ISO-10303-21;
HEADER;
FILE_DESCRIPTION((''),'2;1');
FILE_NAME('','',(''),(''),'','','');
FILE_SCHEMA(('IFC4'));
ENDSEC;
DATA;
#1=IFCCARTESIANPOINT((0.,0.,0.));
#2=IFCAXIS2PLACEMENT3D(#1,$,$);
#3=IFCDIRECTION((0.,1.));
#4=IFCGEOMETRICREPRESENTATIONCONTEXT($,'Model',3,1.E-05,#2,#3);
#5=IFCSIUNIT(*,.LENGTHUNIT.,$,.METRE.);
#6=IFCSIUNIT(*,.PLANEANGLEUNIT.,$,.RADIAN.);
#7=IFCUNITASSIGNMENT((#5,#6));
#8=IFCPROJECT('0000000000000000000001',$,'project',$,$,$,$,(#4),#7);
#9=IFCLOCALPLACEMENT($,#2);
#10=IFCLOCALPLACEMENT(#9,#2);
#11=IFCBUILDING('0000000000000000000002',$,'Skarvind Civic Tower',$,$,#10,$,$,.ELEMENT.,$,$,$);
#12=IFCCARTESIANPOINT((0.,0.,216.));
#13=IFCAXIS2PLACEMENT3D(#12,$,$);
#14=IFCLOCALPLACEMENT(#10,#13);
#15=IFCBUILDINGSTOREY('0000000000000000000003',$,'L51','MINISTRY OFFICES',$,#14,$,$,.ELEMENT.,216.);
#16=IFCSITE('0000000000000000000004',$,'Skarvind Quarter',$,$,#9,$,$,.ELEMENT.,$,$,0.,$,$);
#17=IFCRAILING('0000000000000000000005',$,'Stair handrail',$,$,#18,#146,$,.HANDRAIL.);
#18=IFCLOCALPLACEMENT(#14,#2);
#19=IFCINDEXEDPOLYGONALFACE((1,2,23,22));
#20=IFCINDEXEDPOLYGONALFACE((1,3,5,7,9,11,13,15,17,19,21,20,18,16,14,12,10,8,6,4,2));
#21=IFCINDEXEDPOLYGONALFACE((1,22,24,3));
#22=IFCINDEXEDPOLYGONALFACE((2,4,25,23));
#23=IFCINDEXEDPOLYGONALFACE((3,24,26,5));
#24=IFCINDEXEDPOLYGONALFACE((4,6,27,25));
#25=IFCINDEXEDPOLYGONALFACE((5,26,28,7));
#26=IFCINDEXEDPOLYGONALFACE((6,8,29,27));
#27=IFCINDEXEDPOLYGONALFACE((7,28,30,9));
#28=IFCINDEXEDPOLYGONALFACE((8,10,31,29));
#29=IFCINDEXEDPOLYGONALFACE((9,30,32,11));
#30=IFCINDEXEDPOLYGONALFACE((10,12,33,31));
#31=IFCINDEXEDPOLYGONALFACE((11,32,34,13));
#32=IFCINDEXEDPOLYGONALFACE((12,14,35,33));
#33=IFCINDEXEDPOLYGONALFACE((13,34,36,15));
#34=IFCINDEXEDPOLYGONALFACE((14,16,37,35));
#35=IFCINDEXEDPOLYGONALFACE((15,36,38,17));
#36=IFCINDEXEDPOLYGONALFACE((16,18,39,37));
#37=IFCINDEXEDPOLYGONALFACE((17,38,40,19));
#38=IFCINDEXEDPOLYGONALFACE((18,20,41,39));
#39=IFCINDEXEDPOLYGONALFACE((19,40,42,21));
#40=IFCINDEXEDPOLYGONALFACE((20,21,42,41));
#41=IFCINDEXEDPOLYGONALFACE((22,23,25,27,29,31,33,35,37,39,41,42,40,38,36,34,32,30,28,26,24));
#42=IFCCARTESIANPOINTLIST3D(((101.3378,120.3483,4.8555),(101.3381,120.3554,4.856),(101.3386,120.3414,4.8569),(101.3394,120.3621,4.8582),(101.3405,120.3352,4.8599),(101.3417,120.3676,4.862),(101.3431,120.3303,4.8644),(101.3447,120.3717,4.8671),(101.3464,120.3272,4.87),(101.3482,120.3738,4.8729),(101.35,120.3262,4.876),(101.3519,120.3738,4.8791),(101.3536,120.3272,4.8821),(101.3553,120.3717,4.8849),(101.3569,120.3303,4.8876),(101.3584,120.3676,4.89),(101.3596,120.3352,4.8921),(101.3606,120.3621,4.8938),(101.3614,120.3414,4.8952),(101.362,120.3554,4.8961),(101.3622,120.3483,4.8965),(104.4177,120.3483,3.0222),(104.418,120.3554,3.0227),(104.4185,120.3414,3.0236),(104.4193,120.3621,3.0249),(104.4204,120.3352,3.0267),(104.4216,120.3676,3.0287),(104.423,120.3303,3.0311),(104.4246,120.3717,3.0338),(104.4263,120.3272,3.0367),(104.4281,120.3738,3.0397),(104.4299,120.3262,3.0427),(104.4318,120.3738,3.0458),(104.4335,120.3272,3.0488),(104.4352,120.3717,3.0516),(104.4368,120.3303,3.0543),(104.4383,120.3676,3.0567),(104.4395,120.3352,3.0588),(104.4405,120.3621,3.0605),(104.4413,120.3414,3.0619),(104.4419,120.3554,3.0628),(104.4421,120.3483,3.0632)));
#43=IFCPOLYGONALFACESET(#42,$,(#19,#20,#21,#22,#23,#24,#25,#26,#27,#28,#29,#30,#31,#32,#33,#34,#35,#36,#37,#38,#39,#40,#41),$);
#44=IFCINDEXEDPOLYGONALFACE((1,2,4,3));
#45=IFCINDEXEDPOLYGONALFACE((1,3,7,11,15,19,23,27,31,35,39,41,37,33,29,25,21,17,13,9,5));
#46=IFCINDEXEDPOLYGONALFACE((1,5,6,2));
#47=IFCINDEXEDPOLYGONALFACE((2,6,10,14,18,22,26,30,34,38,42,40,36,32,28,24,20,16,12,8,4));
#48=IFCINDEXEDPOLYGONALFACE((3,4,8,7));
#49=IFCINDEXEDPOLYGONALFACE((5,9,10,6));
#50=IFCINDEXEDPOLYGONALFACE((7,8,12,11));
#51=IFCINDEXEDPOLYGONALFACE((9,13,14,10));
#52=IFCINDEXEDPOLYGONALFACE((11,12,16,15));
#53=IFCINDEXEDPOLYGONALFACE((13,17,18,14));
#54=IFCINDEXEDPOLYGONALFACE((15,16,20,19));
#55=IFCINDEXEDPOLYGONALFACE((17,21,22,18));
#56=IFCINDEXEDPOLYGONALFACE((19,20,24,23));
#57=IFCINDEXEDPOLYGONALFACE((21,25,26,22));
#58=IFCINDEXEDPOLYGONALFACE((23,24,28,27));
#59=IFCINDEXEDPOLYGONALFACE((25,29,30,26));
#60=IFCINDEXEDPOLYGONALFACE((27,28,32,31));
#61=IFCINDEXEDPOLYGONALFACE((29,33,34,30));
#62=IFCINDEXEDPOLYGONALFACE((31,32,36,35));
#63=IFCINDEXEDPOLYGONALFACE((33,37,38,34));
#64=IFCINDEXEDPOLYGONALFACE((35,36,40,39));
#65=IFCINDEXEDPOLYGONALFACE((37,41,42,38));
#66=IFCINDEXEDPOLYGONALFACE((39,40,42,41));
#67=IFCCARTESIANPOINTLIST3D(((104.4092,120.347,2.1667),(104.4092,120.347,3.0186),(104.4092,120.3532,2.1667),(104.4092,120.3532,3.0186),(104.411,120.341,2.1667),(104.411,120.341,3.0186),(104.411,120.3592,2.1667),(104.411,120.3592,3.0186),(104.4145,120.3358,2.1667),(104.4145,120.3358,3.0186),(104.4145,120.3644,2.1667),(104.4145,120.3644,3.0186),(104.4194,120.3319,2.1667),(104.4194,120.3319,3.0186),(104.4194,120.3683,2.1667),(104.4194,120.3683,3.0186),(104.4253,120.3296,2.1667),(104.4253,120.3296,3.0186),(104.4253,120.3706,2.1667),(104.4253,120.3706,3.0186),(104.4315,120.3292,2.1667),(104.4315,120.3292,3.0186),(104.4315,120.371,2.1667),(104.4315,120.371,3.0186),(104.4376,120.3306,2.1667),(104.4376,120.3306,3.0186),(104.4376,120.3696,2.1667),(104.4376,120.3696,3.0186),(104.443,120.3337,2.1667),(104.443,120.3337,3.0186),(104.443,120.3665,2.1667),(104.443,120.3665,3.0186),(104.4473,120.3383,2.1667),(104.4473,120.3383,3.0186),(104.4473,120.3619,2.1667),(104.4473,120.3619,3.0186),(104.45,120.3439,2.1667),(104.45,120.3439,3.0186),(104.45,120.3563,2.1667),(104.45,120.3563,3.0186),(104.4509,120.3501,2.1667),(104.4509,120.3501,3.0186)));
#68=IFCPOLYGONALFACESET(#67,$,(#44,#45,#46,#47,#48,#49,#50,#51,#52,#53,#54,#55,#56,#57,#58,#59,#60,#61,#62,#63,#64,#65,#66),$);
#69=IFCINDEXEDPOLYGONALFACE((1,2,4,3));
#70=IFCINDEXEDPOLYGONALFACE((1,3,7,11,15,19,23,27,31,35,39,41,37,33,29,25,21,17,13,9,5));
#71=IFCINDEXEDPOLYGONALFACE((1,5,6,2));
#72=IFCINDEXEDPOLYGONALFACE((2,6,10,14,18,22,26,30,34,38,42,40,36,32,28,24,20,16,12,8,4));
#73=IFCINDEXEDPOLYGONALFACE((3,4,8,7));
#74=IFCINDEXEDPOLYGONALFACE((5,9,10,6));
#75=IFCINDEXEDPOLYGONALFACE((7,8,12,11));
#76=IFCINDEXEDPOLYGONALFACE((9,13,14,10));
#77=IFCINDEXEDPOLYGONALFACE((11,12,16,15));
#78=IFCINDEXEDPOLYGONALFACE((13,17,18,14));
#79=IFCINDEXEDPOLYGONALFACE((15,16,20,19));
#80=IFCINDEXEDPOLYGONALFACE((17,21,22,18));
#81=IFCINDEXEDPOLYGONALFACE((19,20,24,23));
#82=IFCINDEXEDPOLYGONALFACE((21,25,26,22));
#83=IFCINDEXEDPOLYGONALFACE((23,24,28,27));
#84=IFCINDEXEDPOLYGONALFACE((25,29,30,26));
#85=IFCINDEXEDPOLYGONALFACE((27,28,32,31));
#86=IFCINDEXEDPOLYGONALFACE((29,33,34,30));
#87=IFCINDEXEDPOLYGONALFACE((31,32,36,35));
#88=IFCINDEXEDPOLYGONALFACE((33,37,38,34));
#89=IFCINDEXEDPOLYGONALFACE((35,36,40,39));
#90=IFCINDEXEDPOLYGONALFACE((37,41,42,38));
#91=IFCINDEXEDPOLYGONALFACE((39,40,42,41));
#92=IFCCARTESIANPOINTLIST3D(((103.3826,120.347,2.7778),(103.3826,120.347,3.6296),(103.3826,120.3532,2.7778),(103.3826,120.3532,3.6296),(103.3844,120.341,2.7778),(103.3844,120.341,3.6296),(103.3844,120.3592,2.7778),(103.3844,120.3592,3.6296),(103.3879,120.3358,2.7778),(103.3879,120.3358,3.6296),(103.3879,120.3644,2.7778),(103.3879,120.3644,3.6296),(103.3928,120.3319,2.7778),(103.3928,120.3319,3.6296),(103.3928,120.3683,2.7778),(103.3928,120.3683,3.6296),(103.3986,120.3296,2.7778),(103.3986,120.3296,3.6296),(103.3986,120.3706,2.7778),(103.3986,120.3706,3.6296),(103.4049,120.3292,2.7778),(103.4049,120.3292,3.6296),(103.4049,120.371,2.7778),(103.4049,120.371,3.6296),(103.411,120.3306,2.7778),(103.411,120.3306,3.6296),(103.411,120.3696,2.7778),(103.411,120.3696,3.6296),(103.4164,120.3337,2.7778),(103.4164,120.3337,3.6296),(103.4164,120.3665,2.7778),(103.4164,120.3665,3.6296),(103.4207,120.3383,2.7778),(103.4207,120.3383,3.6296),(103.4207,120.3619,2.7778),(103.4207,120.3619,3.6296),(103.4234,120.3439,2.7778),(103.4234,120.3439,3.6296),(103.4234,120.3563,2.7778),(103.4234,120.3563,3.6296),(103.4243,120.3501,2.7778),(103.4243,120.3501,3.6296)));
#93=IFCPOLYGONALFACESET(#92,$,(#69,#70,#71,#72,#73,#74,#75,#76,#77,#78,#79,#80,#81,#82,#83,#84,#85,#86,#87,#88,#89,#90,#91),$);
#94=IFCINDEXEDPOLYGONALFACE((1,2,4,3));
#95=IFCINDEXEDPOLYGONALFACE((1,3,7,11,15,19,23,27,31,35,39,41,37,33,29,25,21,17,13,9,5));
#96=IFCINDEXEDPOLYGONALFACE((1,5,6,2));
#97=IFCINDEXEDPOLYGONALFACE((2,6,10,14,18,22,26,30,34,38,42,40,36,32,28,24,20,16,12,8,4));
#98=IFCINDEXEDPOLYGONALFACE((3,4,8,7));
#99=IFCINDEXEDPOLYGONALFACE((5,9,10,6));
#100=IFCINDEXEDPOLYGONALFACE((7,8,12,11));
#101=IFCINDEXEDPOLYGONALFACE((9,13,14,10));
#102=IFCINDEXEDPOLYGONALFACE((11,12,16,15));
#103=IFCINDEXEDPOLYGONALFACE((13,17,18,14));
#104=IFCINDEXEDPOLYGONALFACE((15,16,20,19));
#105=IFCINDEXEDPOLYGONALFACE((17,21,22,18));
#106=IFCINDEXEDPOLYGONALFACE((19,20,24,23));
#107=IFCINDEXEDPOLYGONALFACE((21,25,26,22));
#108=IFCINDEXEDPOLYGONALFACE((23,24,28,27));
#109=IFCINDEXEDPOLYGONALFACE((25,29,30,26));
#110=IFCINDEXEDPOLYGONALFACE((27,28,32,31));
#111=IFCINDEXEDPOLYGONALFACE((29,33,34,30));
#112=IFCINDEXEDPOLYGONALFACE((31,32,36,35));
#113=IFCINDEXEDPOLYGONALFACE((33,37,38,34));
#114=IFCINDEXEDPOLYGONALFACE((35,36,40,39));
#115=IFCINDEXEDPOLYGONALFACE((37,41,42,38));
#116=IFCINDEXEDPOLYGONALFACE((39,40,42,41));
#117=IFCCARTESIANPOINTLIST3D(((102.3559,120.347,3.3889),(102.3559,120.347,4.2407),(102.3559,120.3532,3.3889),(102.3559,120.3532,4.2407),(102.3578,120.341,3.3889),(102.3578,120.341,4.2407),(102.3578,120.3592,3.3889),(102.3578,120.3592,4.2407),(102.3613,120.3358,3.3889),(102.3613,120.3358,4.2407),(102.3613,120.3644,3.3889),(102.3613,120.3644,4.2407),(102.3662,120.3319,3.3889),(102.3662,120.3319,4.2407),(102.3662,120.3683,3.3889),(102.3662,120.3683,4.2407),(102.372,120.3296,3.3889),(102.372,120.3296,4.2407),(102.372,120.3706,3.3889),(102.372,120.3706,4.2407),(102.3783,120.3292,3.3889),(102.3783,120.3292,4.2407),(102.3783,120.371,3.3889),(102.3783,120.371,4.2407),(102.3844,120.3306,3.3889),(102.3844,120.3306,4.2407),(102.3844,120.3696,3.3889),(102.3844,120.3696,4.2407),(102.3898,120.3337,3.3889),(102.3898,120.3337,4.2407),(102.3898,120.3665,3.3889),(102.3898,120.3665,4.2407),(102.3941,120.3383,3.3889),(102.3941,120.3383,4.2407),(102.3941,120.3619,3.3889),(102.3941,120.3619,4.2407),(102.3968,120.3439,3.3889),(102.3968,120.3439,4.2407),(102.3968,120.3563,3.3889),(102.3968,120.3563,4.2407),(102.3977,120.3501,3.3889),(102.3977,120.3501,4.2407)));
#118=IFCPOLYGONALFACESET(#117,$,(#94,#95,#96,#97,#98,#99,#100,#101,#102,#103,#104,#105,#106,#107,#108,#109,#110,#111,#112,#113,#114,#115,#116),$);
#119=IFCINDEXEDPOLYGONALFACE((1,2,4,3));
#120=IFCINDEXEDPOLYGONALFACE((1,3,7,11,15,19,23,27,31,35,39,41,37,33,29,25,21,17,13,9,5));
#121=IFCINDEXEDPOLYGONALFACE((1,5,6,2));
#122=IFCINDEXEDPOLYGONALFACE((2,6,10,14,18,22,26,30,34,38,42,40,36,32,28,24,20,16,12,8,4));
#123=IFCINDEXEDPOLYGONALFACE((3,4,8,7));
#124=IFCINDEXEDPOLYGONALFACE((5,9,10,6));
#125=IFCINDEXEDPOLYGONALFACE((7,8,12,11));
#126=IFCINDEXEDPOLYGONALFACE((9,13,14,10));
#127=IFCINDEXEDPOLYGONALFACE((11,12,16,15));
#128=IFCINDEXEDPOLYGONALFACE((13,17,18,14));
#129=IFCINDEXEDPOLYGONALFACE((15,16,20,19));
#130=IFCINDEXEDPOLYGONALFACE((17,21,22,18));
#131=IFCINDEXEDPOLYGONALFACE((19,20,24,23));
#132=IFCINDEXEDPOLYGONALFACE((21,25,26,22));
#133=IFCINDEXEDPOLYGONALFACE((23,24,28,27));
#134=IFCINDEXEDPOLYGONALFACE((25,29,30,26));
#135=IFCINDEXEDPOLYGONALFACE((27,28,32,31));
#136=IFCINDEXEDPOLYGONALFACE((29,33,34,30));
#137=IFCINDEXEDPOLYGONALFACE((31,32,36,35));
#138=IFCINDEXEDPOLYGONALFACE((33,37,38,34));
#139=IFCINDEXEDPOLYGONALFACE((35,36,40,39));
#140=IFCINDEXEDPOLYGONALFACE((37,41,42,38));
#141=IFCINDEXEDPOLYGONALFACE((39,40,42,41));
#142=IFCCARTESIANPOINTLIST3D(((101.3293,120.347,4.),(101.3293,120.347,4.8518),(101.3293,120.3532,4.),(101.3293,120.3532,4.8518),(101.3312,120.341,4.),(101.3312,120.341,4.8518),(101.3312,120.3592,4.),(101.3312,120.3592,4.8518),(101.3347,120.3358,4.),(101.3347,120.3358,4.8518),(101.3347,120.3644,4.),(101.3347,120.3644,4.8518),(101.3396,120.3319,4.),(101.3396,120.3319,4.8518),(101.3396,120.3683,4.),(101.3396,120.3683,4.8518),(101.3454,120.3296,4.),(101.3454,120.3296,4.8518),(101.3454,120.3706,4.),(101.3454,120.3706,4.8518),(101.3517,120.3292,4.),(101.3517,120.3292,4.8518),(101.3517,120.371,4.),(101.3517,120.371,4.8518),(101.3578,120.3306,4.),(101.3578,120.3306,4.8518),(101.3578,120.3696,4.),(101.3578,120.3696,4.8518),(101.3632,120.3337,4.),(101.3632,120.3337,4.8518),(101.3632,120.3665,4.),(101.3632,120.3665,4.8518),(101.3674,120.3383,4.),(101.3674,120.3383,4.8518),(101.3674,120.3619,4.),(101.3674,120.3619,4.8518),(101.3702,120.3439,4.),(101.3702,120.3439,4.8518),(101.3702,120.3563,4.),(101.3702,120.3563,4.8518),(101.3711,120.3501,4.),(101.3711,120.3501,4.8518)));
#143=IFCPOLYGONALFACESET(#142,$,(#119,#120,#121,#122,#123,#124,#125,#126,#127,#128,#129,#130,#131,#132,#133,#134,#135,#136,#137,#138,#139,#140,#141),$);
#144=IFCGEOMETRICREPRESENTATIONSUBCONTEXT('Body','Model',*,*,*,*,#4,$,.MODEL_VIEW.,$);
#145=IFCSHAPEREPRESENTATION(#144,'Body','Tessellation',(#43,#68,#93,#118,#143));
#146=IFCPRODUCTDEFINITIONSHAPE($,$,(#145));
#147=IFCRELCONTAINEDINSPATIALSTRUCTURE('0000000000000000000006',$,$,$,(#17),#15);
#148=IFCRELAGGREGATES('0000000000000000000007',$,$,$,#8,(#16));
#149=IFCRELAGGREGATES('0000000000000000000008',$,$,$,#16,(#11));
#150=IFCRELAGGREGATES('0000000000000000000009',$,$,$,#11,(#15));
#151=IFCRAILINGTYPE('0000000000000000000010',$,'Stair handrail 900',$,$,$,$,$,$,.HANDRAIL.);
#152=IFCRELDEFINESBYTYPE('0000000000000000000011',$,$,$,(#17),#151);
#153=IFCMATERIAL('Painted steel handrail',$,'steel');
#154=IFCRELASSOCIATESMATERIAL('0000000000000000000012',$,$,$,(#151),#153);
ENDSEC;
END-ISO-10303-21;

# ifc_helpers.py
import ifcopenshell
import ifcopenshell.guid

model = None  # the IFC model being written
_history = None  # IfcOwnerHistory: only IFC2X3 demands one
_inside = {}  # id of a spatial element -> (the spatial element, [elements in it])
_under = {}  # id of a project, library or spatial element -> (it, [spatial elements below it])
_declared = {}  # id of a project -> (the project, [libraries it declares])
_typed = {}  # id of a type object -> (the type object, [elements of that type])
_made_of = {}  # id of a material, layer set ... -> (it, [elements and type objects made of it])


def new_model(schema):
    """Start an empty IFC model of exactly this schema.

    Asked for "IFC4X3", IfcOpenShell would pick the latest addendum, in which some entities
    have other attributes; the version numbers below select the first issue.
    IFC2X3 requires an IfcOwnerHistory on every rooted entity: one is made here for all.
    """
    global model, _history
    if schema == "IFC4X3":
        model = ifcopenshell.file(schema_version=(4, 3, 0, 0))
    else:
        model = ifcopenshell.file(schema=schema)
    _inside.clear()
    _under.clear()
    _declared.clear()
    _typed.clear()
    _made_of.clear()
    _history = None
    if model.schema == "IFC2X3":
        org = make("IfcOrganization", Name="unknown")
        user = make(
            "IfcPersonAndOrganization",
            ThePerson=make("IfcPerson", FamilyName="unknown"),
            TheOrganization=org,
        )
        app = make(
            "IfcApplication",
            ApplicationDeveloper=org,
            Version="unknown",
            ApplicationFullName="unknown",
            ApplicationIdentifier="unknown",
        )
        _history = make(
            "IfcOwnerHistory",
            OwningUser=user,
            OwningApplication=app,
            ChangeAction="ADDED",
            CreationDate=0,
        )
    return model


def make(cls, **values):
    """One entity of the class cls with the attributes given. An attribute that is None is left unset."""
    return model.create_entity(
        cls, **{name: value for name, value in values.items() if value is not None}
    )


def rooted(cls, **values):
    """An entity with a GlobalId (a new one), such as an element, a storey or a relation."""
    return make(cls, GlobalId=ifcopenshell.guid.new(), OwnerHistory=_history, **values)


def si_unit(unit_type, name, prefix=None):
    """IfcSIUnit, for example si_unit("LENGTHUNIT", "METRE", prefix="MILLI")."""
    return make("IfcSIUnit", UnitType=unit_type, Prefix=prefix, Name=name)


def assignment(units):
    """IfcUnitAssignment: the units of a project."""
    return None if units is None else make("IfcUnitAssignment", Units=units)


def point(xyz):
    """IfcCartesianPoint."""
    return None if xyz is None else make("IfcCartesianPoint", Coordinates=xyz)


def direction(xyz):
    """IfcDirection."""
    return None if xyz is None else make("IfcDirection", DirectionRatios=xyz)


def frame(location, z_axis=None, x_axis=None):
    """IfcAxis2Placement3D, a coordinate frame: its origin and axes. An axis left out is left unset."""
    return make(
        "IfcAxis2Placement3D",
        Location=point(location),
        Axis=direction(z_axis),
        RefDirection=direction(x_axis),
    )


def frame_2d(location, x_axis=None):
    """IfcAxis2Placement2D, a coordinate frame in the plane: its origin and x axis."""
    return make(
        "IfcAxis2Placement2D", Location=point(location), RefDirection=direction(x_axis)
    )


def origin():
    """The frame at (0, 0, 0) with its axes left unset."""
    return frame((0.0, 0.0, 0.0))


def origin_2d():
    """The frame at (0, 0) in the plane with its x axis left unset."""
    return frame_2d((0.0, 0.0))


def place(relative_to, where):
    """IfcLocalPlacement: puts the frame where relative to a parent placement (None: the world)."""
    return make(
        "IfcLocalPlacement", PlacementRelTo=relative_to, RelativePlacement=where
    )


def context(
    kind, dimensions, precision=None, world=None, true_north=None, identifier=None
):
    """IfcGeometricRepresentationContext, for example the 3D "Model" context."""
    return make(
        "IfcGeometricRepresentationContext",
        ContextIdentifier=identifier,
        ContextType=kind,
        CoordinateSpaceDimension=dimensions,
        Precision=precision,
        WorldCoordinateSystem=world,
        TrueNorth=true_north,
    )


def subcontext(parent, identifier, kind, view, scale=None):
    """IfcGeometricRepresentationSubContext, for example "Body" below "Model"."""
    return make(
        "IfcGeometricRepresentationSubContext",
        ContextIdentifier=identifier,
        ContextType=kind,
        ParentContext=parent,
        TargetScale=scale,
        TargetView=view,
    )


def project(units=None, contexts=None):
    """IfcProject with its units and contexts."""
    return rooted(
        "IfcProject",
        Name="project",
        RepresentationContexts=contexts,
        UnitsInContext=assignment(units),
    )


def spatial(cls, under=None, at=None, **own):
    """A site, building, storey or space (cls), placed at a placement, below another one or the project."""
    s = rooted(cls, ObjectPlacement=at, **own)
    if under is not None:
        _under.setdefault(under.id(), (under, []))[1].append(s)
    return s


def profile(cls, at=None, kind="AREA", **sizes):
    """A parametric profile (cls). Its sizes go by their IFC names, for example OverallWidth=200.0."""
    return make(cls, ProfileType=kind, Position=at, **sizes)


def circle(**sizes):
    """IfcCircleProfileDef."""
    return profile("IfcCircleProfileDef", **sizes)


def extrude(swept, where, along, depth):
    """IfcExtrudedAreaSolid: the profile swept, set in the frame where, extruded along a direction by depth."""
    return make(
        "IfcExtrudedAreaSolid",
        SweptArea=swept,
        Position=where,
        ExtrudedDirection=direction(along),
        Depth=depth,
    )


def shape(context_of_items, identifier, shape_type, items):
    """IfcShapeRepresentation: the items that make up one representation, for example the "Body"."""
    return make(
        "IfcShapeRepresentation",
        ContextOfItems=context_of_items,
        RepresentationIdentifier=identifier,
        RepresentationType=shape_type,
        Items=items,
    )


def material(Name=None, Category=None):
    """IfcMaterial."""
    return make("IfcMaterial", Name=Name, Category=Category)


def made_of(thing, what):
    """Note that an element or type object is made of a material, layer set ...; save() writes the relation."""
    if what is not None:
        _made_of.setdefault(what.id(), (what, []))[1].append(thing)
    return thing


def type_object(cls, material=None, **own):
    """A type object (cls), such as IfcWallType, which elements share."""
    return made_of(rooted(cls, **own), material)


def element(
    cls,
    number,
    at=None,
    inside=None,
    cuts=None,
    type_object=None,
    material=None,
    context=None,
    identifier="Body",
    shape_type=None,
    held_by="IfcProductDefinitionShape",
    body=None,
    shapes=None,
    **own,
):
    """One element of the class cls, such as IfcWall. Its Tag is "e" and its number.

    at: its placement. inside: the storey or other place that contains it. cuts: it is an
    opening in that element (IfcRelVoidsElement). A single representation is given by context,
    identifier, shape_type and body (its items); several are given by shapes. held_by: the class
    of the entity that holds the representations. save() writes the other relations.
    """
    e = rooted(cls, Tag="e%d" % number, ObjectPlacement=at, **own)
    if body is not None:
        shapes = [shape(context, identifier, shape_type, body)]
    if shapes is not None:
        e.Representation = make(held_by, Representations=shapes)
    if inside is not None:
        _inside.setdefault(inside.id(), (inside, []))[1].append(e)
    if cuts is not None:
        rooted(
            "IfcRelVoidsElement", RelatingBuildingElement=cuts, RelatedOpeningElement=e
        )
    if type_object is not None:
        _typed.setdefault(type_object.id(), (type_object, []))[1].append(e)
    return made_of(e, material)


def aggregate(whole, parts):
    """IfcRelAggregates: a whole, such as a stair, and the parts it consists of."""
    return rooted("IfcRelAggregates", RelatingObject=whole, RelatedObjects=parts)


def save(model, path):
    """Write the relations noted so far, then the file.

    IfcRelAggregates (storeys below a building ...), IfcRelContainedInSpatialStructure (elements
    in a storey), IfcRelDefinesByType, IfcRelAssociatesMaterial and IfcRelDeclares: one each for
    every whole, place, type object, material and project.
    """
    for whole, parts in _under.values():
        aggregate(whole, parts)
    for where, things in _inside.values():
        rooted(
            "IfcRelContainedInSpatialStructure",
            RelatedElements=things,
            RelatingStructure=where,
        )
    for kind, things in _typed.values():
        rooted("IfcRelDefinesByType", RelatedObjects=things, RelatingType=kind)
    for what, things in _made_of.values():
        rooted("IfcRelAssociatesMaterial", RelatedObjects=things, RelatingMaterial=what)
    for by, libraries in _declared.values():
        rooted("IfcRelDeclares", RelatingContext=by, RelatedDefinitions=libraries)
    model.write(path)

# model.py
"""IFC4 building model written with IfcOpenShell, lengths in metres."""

from ifc_helpers import new_model, si_unit, direction, frame, origin, origin_2d, place, context, subcontext, project, spatial, circle, extrude, material, type_object, element, save


model = new_model("IFC4")

# Units and contexts
model_context = context("Model", 3, precision=1e-05, world=origin(), true_north=direction((0.0, 1.0)))
body_context = subcontext(model_context, "Body", "Model", "MODEL_VIEW")
ifc_project = project(units=[si_unit("LENGTHUNIT", "METRE"), si_unit("PLANEANGLEUNIT", "RADIAN")], contexts=[model_context])

# Site, building, storey
site_placement = place(None, origin())
site = spatial("IfcSite", under=ifc_project, at=site_placement, Name="Skarvind Quarter", CompositionType="ELEMENT", RefElevation=0.0)
building_placement = place(site_placement, origin())
building = spatial("IfcBuilding", under=site, at=building_placement, Name="Skarvind Civic Tower", CompositionType="ELEMENT")
storey_placement = place(building_placement, frame((0.0, 0.0, 216.0)))
storey = spatial("IfcBuildingStorey", under=building, at=storey_placement, Name="L51", Description="MINISTRY OFFICES", CompositionType="ELEMENT", Elevation=216.0)

# Railing
ifc_material_1 = material(Name="Painted steel handrail", Category="steel")
railing_type = type_object("IfcRailingType", Name="Stair handrail 900", PredefinedType="HANDRAIL", material=ifc_material_1)
railing_1_placement = place(storey_placement, frame((104.4299, 120.3501, 2.1667)))
element("IfcRailing", 1, at=railing_1_placement, inside=storey, type_object=railing_type, Name="Stair handrail", PredefinedType="HANDRAIL", context=body_context, shape_type="SweptSolid", body=[
    extrude(circle(Radius=0.0239, at=origin_2d()), frame((0.0, 0.0, 0.876), z_axis=(-0.859291, 0.0, 0.511487), x_axis=(0.0, -1.0, 0.0)), (0.0, 0.0, 1.0), 3.5842),
    extrude(circle(Radius=0.021, at=origin_2d()), origin(), (0.0, 0.0, 1.0), 0.8518),
    extrude(circle(Radius=0.021, at=origin_2d()), frame((-1.0266, 0.0, 0.6111)), (0.0, 0.0, 1.0), 0.8518),
    extrude(circle(Radius=0.021, at=origin_2d()), frame((-2.0532, 0.0, 1.2222)), (0.0, 0.0, 1.0), 0.8518),
    extrude(circle(Radius=0.021, at=origin_2d()), frame((-3.0798, 0.0, 1.8333)), (0.0, 0.0, 1.0), 0.8518),
])

save(model, "model.ifc")
